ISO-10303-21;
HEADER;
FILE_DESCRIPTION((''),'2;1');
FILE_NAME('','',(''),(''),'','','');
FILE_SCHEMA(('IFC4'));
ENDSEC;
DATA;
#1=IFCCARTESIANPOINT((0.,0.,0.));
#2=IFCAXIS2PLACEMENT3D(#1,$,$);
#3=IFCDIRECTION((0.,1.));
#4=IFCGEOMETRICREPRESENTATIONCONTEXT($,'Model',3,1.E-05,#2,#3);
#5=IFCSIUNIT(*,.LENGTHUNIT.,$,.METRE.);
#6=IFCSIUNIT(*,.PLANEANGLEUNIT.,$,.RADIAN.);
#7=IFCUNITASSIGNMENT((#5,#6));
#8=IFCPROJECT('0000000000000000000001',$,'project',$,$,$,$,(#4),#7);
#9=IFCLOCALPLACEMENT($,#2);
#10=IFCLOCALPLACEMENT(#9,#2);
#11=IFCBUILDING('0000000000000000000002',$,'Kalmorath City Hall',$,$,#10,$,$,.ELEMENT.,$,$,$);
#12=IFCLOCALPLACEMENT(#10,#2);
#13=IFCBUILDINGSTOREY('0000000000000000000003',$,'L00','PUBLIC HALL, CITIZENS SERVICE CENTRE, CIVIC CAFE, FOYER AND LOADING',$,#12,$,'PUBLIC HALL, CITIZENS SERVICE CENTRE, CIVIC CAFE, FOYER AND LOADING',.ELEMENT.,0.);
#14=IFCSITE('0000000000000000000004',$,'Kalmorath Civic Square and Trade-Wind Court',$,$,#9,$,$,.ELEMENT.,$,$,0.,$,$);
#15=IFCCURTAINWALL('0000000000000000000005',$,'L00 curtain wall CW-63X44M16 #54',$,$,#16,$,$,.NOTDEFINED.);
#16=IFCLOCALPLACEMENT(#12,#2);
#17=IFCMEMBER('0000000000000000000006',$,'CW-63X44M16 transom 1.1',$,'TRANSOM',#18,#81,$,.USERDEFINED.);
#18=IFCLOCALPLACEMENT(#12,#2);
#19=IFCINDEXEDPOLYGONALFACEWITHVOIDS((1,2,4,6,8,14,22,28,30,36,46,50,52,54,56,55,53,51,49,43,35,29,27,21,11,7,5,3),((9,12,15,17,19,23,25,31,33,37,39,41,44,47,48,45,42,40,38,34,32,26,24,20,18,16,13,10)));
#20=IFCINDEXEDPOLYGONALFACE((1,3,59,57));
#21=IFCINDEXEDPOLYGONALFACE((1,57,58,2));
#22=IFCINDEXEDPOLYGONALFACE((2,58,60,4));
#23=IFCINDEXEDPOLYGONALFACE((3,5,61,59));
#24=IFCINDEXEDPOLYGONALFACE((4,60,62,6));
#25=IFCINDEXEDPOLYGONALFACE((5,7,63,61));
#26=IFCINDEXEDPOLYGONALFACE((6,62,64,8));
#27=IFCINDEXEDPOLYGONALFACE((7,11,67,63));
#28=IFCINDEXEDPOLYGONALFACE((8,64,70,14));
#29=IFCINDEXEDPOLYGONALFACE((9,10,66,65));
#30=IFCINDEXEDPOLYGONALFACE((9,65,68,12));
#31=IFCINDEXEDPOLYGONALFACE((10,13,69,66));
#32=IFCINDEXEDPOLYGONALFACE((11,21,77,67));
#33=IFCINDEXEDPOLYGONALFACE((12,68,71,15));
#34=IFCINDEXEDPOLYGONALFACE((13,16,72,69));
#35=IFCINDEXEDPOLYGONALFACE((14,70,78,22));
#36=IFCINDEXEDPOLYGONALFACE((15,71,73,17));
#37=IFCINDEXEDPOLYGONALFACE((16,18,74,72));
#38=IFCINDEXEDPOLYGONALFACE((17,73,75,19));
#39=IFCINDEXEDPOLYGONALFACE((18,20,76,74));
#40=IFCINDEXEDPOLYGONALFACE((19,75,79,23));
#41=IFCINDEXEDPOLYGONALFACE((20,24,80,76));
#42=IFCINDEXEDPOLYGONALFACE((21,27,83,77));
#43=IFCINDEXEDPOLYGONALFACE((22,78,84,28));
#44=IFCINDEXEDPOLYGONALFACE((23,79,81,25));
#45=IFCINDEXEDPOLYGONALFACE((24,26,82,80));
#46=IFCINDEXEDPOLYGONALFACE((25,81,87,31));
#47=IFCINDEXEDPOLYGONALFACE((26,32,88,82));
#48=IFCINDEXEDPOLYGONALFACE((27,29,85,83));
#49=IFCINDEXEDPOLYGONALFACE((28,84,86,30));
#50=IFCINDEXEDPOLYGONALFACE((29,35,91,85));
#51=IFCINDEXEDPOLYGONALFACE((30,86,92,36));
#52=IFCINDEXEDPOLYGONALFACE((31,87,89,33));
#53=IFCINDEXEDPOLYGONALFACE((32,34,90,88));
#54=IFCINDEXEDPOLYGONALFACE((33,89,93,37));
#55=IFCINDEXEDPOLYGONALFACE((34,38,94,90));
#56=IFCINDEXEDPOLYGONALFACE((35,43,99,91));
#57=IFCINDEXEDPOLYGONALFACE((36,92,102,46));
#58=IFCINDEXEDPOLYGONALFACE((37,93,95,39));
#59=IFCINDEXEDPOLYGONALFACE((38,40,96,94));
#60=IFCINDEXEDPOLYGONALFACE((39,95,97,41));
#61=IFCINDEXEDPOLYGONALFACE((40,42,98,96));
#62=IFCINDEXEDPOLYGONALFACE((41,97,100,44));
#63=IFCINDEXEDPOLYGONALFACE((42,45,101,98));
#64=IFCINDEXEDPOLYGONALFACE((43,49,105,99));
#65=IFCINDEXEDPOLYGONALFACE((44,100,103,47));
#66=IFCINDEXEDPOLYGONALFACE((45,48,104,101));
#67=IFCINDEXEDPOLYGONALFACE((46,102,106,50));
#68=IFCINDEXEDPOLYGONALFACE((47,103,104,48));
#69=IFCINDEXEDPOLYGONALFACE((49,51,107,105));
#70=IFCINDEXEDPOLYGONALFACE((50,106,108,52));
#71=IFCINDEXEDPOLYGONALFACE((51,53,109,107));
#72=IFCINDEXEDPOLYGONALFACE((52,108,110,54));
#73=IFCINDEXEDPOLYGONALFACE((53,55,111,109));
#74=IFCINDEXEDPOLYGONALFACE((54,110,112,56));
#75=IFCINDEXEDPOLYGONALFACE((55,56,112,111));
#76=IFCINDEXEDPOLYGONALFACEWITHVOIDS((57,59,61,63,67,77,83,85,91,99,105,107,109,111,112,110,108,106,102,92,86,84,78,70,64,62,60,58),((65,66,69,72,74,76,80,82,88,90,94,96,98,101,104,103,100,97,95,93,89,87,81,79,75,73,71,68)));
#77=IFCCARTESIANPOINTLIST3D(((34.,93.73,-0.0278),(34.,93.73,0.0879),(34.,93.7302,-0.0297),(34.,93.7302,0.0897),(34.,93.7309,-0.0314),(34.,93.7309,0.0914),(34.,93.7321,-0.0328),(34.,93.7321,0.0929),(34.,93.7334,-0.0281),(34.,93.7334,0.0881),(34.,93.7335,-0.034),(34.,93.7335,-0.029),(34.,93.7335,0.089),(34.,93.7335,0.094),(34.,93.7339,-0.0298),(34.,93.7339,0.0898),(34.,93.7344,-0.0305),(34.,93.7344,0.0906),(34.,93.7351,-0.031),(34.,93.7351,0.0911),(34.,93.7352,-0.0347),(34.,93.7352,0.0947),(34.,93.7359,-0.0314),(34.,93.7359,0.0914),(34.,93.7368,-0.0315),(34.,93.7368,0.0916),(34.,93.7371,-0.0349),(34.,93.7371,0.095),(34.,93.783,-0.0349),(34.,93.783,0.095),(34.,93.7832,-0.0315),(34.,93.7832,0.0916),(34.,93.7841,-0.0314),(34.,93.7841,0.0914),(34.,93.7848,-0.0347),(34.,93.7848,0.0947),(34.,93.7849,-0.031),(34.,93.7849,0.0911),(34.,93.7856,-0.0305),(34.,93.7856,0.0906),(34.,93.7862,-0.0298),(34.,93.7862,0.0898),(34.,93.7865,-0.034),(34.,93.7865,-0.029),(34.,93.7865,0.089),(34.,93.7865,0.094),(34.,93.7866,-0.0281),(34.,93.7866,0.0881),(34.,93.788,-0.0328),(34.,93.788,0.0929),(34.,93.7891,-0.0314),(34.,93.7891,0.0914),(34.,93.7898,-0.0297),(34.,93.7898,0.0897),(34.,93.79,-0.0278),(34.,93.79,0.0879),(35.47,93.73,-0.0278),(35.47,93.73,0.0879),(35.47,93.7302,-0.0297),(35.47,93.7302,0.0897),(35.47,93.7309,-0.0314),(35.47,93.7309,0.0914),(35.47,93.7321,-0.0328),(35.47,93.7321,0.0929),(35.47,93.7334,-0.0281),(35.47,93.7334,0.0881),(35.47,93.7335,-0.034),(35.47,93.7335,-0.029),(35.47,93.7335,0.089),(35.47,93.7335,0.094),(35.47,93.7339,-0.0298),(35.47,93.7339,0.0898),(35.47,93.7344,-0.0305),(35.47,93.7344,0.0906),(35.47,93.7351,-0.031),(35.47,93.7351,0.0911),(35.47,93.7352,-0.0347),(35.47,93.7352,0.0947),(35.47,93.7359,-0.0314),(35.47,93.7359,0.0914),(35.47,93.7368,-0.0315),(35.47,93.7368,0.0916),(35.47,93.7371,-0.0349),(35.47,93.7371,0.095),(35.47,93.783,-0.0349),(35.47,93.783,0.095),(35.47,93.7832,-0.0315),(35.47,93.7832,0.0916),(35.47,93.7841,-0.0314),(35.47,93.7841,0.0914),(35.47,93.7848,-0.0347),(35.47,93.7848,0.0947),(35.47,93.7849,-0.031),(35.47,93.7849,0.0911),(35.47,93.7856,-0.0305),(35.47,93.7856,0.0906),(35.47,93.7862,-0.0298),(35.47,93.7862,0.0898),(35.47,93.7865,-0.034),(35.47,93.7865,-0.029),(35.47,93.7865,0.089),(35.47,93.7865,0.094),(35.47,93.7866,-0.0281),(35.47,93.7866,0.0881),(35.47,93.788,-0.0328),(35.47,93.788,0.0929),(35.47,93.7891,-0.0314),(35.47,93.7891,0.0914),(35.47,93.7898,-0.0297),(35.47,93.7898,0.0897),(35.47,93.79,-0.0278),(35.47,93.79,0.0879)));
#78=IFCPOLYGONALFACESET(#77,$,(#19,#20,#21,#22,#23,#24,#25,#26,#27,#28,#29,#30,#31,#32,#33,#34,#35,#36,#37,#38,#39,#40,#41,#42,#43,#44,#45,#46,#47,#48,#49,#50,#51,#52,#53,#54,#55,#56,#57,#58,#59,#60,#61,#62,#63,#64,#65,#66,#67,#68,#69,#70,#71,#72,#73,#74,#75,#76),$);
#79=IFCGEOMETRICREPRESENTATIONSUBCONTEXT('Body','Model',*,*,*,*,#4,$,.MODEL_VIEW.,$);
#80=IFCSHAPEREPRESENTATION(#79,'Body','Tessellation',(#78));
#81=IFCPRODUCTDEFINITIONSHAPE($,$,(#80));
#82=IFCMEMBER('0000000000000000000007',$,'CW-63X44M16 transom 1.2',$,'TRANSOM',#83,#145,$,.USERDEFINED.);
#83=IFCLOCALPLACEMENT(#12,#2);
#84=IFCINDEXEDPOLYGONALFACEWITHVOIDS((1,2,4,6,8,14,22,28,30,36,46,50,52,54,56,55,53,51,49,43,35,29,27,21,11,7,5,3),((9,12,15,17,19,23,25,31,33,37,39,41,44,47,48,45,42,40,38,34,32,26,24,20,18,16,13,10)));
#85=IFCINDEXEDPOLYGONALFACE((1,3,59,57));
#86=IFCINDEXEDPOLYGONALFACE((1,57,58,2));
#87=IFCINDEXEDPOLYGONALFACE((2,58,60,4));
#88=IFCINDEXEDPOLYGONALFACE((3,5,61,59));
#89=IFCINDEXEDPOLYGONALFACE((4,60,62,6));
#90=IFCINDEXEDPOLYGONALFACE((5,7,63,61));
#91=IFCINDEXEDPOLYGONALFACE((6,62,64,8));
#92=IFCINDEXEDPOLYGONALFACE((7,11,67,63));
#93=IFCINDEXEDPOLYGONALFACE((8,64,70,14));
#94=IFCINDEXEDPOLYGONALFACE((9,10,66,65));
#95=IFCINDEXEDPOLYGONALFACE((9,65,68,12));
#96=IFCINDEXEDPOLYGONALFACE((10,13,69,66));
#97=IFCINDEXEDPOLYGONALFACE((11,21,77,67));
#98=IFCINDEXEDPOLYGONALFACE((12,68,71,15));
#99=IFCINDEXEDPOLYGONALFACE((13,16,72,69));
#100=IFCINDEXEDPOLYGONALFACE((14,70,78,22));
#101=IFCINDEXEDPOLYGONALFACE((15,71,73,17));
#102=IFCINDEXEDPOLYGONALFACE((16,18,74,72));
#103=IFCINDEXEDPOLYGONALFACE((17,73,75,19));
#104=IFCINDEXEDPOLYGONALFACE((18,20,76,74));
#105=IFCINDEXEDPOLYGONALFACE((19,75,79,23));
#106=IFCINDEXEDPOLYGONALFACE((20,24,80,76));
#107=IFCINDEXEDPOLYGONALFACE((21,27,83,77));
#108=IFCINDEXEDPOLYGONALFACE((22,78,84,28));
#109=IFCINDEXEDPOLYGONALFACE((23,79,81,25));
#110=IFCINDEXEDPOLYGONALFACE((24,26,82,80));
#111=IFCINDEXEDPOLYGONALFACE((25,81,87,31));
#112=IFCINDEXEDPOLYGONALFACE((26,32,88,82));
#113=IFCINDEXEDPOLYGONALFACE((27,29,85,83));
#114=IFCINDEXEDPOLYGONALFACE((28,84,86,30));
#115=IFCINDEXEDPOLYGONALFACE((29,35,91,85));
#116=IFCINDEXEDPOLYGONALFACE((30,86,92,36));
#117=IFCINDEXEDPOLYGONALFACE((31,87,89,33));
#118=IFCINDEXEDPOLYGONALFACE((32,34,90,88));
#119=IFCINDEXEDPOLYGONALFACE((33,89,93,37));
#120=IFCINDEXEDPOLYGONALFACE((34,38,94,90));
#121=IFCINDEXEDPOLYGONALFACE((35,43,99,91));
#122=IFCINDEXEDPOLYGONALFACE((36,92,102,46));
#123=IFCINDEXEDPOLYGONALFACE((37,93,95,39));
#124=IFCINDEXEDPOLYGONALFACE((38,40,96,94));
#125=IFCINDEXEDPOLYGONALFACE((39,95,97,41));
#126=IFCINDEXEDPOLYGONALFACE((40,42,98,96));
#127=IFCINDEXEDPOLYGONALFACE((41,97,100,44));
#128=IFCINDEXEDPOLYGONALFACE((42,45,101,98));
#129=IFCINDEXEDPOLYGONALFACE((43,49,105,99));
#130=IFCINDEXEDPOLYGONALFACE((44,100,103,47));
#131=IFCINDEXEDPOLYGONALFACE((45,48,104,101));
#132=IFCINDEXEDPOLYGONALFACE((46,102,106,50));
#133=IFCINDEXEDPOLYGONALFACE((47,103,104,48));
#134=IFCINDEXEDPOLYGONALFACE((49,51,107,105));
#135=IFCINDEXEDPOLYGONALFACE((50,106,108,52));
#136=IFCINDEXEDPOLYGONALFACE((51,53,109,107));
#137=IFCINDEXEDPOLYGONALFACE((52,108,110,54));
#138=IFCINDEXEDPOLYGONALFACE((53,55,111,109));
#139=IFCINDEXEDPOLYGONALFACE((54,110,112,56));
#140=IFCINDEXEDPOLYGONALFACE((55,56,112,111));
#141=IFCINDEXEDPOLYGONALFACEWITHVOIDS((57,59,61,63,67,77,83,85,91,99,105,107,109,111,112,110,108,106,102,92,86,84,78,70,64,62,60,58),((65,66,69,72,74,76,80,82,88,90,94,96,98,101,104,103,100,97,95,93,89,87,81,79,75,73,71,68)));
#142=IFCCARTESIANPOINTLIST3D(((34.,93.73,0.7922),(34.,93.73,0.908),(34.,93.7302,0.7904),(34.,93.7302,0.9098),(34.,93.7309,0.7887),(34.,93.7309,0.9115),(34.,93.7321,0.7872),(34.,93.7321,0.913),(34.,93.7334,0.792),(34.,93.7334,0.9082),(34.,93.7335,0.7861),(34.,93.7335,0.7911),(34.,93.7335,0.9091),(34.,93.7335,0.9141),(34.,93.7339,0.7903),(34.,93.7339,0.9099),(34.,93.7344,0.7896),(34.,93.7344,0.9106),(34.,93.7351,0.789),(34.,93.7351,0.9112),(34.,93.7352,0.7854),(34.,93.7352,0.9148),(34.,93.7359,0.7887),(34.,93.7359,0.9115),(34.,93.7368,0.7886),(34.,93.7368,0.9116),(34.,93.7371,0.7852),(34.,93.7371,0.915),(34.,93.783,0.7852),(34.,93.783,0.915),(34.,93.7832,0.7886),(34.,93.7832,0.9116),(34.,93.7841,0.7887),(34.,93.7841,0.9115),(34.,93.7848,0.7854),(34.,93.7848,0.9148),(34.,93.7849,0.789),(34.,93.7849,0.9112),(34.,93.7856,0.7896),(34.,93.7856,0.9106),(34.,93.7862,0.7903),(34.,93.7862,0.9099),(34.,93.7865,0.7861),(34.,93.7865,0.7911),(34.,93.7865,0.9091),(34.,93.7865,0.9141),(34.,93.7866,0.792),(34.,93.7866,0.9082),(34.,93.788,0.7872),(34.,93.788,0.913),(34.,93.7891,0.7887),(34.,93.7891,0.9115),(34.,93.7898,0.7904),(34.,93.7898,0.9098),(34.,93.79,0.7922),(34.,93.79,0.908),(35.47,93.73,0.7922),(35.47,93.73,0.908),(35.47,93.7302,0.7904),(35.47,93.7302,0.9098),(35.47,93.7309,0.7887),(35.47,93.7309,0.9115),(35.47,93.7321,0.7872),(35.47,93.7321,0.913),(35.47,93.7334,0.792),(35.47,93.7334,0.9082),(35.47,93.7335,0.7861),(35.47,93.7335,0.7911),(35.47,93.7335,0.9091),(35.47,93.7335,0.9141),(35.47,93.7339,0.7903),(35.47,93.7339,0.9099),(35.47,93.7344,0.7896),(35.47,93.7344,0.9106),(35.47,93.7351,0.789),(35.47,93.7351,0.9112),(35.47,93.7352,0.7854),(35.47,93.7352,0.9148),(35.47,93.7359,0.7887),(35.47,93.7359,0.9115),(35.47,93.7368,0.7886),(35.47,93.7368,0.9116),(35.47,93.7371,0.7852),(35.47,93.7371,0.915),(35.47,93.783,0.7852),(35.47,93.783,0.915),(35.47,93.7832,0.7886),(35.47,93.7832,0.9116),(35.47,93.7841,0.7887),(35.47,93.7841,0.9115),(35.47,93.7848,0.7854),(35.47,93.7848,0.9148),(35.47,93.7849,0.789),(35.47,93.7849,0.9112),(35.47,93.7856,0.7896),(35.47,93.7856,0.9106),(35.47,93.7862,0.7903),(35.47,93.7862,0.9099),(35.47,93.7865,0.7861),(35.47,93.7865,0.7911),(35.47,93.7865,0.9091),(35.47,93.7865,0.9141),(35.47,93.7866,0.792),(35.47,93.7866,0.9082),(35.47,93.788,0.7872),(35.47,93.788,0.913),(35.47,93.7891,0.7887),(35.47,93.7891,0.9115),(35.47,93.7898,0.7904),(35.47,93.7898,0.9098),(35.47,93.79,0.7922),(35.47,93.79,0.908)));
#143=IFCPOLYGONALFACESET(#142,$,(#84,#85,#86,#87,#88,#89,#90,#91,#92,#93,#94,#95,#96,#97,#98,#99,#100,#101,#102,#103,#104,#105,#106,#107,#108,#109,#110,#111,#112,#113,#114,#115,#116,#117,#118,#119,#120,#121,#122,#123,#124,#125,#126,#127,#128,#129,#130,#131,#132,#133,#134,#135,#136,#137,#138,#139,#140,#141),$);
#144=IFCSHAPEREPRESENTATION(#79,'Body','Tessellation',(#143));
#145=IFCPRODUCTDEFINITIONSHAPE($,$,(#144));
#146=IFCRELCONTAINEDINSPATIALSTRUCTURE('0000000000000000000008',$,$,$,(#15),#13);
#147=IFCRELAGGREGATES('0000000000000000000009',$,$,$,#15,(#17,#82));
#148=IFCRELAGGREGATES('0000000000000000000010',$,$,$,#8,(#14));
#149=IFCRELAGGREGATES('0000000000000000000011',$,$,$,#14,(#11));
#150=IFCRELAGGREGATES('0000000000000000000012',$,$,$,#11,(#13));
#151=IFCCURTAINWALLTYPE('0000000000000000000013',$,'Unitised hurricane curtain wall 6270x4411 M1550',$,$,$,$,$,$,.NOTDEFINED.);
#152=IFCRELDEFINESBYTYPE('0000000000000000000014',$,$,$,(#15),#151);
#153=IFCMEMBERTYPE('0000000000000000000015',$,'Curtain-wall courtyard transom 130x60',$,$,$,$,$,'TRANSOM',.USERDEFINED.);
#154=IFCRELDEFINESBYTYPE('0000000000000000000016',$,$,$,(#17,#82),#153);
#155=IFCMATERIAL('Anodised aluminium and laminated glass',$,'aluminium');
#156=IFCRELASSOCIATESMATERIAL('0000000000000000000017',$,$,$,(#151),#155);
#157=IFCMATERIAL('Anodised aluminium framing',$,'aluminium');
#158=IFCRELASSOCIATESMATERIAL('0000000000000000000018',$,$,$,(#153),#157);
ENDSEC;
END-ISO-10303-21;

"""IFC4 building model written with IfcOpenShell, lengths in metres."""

from ifc_helpers import new_model, si_unit, direction, frame, origin, origin_2d, place, context, subcontext, project, spatial, hollow_rectangle, extrude, material, material_profile, profile_set, type_object, element, aggregate, save


model = new_model("IFC4")

# Units and contexts
model_context = context("Model", 3, precision=1e-05, world=origin(), true_north=direction((0.0, 1.0)))
body_context = subcontext(model_context, "Body", "Model", "MODEL_VIEW")
ifc_project = project(units=[si_unit("LENGTHUNIT", "METRE"), si_unit("PLANEANGLEUNIT", "RADIAN")], contexts=[model_context])

# Site, building, storey
site_placement = place(None, origin())
site = spatial("IfcSite", under=ifc_project, at=site_placement, Name="Kalmorath Civic Square and Trade-Wind Court", CompositionType="ELEMENT", RefElevation=0.0)
building_placement = place(site_placement, origin())
building = spatial("IfcBuilding", under=site, at=building_placement, Name="Kalmorath City Hall", CompositionType="ELEMENT")
storey_placement = place(building_placement, origin())
storey = spatial("IfcBuildingStorey", under=building, at=storey_placement, Name="L00", Description="PUBLIC HALL, CITIZENS SERVICE CENTRE, CIVIC CAFE, FOYER AND LOADING", LongName="PUBLIC HALL, CITIZENS SERVICE CENTRE, CIVIC CAFE, FOYER AND LOADING", CompositionType="ELEMENT", Elevation=0.0)

# Shared definitions
ifc_material_1 = material(Name="Anodised aluminium and laminated glass", Category="aluminium")
curtain_wall_type = type_object("IfcCurtainWallType", Name="Unitised hurricane curtain wall 6270x4411 M1550", PredefinedType="NOTDEFINED", material=ifc_material_1)

# Curtain wall, members
curtain_wall_1_placement = place(storey_placement, origin())
curtain_wall_1 = element("IfcCurtainWall", 1, at=curtain_wall_1_placement, inside=storey, type_object=curtain_wall_type, Name="L00 curtain wall CW-63X44M16 #54", PredefinedType="NOTDEFINED")
ifc_material_2 = material(Name="Anodised aluminium framing", Category="aluminium")
ifc_material_profile_1 = material_profile(ifc_material_2, hollow_rectangle(XDim=0.0601, YDim=0.1299, WallThickness=0.0034, InnerFilletRadius=0.0034, OuterFilletRadius=0.0071, at=origin_2d()), Name="ALU-TRN-130X60X3.5")
ifc_profile_set_1 = profile_set([ifc_material_profile_1], Name="Anodised aluminium framing")
member_type_1 = type_object("IfcMemberType", Name="Curtain-wall courtyard transom 130x60", ElementType="TRANSOM", PredefinedType="USERDEFINED", material=ifc_profile_set_1)
member_1_placement = place(storey_placement, frame((35.47, 93.76, 0.03), z_axis=(-1.0, 0.0, 0.0), x_axis=(0.0, -1.0, 0.0)))
member_1 = element("IfcMember", 2, at=member_1_placement, type_object=member_type_1, Name="CW-63X44M16 transom 1.1", ObjectType="TRANSOM", PredefinedType="USERDEFINED", context=body_context, shape_type="SweptSolid", body=[
    extrude(hollow_rectangle(XDim=0.0601, YDim=0.1299, WallThickness=0.0034, InnerFilletRadius=0.0034, OuterFilletRadius=0.0071, at=origin_2d()), origin(), (0.0, 0.0, 1.0), 1.47),
])
member_2_placement = place(storey_placement, frame((35.47, 93.76, 0.8501), z_axis=(-1.0, 0.0, 0.0), x_axis=(0.0, -1.0, 0.0)))
member_2 = element("IfcMember", 3, at=member_2_placement, type_object=member_type_1, Name="CW-63X44M16 transom 1.2", ObjectType="TRANSOM", PredefinedType="USERDEFINED", context=body_context, shape_type="SweptSolid", body=[
    extrude(hollow_rectangle(XDim=0.0601, YDim=0.1299, WallThickness=0.0034, InnerFilletRadius=0.0034, OuterFilletRadius=0.0071, at=origin_2d()), origin(), (0.0, 0.0, 1.0), 1.47),
])

aggregate(curtain_wall_1, [member_1, member_2])

save(model, "model.ifc")
